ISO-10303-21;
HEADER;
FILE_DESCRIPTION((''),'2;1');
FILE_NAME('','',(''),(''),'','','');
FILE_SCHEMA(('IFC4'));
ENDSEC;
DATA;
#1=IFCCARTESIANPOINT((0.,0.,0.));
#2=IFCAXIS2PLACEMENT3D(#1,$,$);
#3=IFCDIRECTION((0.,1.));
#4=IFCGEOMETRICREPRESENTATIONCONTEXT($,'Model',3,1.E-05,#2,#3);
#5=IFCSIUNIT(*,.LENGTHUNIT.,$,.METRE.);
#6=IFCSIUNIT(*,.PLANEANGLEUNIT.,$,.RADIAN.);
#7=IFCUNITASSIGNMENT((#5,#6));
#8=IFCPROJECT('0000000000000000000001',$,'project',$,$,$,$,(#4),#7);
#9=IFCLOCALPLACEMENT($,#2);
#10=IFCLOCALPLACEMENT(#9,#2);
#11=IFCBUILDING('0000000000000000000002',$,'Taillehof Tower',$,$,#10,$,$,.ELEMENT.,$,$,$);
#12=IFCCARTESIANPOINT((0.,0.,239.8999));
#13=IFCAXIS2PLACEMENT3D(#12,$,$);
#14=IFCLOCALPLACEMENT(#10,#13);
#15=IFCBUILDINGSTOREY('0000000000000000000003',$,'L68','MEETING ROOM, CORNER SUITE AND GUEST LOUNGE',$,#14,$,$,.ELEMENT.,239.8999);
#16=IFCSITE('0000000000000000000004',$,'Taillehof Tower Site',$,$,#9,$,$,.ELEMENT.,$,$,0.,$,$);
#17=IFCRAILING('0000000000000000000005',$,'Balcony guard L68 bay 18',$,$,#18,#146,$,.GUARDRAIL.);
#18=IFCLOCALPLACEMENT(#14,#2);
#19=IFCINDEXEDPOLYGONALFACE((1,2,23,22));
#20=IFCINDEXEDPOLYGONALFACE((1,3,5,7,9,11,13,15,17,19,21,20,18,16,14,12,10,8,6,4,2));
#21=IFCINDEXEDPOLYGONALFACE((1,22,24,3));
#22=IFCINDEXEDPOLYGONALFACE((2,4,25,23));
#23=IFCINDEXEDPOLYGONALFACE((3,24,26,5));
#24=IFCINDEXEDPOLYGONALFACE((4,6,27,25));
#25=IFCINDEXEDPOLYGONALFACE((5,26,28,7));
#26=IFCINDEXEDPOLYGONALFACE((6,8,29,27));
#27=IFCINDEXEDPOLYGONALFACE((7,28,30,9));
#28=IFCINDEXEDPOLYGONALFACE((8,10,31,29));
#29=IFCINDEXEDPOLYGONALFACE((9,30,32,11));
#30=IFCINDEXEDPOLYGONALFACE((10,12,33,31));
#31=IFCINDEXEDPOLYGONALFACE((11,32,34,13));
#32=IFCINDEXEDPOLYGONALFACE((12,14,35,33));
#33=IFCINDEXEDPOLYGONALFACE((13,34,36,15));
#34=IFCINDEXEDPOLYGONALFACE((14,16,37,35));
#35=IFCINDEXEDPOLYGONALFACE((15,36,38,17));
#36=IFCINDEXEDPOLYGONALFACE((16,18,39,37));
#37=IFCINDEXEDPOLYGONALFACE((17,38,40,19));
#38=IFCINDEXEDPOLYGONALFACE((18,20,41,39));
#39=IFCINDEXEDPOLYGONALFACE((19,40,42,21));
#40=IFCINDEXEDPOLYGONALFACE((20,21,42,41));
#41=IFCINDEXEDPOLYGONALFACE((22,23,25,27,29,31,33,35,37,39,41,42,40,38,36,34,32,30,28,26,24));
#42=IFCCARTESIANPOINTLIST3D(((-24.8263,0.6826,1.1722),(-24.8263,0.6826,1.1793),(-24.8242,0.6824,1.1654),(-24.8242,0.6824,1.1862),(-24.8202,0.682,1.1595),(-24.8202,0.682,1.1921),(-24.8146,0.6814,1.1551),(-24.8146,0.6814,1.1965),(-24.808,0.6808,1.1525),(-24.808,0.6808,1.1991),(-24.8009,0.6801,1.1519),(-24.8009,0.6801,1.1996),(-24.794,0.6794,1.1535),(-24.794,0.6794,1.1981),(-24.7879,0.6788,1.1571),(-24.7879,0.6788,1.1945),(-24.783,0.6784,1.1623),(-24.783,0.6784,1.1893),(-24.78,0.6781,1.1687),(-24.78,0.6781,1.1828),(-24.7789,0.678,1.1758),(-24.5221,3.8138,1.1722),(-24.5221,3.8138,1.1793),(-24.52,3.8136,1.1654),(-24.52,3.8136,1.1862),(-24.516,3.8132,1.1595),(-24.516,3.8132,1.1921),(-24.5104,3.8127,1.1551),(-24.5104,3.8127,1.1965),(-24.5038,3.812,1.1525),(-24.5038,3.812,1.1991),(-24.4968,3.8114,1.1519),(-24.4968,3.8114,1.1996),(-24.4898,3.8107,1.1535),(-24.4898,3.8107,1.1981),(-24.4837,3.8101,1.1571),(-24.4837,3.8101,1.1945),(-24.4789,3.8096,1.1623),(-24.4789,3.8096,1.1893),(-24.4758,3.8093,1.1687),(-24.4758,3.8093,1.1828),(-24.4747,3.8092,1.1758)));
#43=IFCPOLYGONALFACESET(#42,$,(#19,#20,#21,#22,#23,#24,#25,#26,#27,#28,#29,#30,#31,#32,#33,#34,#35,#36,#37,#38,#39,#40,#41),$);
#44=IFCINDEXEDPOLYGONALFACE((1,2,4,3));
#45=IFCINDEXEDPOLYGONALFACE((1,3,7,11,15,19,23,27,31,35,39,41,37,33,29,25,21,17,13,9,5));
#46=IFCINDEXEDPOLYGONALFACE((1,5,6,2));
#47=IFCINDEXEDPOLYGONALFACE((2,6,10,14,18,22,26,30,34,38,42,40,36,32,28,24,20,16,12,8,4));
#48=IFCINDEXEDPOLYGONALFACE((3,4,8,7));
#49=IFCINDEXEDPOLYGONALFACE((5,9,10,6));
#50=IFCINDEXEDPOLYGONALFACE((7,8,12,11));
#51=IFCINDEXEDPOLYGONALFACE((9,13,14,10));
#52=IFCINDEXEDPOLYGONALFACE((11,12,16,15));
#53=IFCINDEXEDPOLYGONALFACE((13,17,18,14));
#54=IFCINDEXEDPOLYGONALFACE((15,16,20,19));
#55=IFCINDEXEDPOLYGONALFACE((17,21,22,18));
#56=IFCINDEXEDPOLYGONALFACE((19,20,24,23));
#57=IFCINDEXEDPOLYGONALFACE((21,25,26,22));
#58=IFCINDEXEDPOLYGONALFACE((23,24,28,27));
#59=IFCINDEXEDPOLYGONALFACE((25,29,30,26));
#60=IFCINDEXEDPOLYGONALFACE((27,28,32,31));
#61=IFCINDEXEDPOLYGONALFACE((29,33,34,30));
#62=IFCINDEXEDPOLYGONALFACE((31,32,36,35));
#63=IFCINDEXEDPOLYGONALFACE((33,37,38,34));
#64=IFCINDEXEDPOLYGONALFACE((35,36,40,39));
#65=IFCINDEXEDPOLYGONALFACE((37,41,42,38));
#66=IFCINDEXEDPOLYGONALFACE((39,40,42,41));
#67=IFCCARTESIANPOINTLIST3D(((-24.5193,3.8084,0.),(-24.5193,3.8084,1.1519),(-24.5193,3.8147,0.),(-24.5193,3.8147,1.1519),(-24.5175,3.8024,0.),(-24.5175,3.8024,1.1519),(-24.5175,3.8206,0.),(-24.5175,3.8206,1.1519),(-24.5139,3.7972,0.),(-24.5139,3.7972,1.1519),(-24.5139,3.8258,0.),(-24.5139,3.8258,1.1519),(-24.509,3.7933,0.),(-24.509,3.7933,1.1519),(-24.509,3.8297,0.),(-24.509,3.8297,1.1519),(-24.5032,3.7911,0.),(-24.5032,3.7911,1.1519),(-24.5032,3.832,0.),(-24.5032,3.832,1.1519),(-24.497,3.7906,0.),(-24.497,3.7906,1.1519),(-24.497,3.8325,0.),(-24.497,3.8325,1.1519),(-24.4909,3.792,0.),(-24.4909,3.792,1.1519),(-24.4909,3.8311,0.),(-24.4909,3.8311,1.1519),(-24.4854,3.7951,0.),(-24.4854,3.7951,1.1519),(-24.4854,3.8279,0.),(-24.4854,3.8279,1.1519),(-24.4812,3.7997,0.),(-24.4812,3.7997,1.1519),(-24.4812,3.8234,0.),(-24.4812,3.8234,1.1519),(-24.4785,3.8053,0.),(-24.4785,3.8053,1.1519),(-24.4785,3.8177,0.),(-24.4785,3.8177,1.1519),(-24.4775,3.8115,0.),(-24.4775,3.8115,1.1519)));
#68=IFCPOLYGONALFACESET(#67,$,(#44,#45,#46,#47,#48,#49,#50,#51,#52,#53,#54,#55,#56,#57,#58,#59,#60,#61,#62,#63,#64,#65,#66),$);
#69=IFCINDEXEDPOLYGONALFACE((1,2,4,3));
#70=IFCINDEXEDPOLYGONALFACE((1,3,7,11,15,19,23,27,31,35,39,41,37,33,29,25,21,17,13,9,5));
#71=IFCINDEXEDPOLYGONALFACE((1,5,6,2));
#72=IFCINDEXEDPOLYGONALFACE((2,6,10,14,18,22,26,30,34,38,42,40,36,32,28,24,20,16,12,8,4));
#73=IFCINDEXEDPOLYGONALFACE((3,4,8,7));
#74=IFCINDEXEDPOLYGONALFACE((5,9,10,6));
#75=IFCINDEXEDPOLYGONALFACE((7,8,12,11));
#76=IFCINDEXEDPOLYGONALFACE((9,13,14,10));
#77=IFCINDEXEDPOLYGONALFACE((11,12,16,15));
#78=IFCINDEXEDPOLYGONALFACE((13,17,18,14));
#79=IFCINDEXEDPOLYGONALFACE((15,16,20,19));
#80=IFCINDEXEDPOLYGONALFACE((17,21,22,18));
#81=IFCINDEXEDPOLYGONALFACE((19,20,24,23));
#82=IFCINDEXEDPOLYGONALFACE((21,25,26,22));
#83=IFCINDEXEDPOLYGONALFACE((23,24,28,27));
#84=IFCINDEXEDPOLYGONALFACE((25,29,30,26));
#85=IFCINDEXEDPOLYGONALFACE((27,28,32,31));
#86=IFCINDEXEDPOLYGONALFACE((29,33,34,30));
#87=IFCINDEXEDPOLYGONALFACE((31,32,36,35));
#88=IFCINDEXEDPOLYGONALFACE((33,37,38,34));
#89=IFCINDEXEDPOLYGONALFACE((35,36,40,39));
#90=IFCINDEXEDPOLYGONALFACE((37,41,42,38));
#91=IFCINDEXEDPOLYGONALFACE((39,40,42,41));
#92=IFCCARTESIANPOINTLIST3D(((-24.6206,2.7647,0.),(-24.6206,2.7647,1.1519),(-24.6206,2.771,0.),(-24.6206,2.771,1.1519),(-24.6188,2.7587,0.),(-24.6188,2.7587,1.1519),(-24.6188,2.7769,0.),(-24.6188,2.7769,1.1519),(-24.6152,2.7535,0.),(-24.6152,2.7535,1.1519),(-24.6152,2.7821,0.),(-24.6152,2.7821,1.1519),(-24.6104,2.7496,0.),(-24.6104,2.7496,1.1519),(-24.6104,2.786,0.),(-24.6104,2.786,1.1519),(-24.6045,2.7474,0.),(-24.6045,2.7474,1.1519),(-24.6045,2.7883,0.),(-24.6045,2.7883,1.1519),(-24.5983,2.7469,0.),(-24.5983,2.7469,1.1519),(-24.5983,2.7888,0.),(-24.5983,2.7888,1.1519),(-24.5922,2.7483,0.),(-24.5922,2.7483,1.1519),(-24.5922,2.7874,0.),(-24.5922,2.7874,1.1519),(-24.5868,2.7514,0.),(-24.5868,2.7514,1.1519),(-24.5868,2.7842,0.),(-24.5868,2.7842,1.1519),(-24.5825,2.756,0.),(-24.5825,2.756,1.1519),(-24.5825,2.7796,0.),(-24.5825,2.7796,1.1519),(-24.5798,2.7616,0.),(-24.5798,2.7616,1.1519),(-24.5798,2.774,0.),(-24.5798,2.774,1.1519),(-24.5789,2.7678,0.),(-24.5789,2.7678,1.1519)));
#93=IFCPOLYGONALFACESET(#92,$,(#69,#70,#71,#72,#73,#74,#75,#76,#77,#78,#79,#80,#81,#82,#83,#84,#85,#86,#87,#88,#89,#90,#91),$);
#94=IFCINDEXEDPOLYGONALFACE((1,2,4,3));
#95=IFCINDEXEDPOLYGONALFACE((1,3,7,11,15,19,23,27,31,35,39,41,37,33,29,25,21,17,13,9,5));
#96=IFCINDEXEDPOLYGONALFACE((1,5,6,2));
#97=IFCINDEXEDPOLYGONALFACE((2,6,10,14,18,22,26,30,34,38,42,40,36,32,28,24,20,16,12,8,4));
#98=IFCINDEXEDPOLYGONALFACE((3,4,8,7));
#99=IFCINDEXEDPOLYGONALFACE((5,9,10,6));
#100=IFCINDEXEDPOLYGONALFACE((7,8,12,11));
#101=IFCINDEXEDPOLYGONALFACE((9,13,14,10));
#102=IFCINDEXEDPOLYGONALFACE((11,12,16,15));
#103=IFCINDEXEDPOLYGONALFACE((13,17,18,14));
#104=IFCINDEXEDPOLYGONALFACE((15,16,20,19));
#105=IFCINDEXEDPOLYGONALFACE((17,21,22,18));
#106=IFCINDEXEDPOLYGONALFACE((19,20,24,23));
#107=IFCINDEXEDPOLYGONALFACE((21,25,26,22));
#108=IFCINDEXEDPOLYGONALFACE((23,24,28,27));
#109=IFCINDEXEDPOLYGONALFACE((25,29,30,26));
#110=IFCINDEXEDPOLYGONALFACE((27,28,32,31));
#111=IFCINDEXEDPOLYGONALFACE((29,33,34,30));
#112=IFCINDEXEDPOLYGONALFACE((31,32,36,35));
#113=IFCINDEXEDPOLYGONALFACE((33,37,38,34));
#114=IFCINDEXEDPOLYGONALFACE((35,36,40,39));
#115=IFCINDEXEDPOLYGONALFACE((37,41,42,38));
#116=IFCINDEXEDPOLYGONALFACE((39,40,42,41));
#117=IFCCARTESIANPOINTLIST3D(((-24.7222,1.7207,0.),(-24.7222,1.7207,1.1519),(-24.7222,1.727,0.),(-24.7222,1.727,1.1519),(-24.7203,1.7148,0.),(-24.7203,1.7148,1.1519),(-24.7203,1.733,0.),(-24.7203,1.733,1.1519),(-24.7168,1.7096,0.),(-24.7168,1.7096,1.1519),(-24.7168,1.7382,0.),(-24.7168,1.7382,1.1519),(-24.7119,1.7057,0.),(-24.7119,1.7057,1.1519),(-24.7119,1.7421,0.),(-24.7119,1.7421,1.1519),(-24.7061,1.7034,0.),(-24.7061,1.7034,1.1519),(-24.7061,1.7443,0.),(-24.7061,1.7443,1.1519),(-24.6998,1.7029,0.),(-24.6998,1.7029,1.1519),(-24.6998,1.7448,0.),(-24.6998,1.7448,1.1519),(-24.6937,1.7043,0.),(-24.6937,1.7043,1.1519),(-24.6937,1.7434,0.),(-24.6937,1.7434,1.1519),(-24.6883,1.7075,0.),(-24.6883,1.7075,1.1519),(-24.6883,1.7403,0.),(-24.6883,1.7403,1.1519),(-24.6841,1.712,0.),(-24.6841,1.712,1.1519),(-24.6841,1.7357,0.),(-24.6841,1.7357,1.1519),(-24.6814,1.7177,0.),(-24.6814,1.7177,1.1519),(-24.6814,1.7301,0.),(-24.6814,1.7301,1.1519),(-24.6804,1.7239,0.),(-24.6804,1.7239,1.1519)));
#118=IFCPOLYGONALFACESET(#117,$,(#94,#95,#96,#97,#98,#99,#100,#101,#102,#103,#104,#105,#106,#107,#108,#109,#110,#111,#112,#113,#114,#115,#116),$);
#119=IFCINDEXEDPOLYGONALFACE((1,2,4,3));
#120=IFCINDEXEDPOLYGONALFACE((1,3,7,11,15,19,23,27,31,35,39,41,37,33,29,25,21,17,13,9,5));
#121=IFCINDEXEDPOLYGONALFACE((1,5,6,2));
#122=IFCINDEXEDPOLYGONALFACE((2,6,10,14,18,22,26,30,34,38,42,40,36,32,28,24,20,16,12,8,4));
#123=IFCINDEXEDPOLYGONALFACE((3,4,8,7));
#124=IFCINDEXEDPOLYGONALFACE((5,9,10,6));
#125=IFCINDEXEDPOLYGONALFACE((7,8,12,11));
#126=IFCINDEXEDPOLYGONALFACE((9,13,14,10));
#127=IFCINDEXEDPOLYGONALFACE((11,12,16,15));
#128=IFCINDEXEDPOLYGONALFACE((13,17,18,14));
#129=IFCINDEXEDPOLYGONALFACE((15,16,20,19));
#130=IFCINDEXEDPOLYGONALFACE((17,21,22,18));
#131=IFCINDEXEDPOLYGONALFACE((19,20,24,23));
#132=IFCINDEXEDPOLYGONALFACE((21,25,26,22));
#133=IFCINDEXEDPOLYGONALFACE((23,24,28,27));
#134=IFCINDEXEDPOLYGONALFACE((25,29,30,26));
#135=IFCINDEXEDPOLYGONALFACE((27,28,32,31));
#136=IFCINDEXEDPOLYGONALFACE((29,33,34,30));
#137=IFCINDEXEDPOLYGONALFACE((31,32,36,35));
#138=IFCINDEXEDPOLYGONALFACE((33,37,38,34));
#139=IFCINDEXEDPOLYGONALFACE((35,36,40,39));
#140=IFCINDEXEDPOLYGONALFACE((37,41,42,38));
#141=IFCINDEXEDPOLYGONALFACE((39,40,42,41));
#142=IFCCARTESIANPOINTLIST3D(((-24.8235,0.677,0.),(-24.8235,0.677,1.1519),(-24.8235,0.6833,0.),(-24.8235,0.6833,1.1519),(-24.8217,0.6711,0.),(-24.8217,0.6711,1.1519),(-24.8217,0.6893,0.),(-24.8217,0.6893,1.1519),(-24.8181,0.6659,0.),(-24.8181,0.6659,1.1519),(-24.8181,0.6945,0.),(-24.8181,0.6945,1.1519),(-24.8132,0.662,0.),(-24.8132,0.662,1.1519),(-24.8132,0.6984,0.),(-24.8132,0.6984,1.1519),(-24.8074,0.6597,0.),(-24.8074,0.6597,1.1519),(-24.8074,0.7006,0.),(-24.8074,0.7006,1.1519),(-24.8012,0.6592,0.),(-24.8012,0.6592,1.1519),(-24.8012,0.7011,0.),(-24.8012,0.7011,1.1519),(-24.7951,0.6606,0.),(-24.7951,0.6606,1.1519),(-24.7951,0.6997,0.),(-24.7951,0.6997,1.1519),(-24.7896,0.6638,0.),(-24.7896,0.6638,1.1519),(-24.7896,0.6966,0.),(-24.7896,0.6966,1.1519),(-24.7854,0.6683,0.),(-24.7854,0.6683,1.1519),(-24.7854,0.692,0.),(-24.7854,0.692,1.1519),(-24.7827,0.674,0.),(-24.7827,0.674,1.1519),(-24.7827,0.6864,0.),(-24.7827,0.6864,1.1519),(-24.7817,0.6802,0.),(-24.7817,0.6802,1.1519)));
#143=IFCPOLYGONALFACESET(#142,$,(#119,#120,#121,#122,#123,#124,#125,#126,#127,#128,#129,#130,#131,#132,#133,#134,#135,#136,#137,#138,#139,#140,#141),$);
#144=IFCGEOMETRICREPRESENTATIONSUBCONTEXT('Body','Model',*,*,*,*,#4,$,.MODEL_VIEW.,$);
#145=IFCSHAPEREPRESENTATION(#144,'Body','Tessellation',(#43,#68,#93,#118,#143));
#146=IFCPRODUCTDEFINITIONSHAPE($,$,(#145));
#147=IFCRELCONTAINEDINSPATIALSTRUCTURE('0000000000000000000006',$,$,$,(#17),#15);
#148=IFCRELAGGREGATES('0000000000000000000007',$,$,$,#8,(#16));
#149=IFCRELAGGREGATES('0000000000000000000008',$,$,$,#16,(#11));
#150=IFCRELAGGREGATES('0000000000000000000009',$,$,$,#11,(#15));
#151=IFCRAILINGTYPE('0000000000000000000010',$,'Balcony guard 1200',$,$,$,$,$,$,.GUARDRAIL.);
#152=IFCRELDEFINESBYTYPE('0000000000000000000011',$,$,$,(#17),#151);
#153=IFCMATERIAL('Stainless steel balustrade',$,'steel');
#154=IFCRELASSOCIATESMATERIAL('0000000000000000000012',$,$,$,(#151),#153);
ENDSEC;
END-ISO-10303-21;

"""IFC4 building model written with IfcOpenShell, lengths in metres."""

from ifc_helpers import new_model, si_unit, direction, frame, origin, origin_2d, place, context, subcontext, project, spatial, circle, extrude, material, type_object, element, save


model = new_model("IFC4")

# Units and contexts
model_context = context("Model", 3, precision=1e-05, world=origin(), true_north=direction((0.0, 1.0)))
body_context = subcontext(model_context, "Body", "Model", "MODEL_VIEW")
ifc_project = project(units=[si_unit("LENGTHUNIT", "METRE"), si_unit("PLANEANGLEUNIT", "RADIAN")], contexts=[model_context])

# Site, building, storey
site_placement = place(None, origin())
site = spatial("IfcSite", under=ifc_project, at=site_placement, Name="Taillehof Tower Site", CompositionType="ELEMENT", RefElevation=0.0)
building_placement = place(site_placement, origin())
building = spatial("IfcBuilding", under=site, at=building_placement, Name="Taillehof Tower", CompositionType="ELEMENT")
storey_placement = place(building_placement, frame((0.0, 0.0, 239.8999)))
storey = spatial("IfcBuildingStorey", under=building, at=storey_placement, Name="L68", Description="MEETING ROOM, CORNER SUITE AND GUEST LOUNGE", CompositionType="ELEMENT", Elevation=239.8999)

# Railing
ifc_material_1 = material(Name="Stainless steel balustrade", Category="steel")
railing_type = type_object("IfcRailingType", Name="Balcony guard 1200", PredefinedType="GUARDRAIL", material=ifc_material_1)
railing_placement = place(storey_placement, frame((-24.4985, 3.8115, 0.0)))
element("IfcRailing", 1, at=railing_placement, inside=storey, type_object=railing_type, Name="Balcony guard L68 bay 18", PredefinedType="GUARDRAIL", context=body_context, shape_type="SweptSolid", body=[
    extrude(circle(Radius=0.0239, at=origin_2d()), frame((0.0, 0.0, 1.1758), z_axis=(-0.096691, -0.995314, 0.0), x_axis=(0.995314, -0.096691, 0.0)), (0.0, 0.0, 1.0), 3.146),
    extrude(circle(Radius=0.021, at=origin_2d()), origin(), (0.0, 0.0, 1.0), 1.1519),
    extrude(circle(Radius=0.021, at=origin_2d()), frame((-0.1013, -1.0437, 0.0)), (0.0, 0.0, 1.0), 1.1519),
    extrude(circle(Radius=0.021, at=origin_2d()), frame((-0.2029, -2.0876, 0.0)), (0.0, 0.0, 1.0), 1.1519),
    extrude(circle(Radius=0.021, at=origin_2d()), frame((-0.3042, -3.1313, 0.0)), (0.0, 0.0, 1.0), 1.1519),
])

save(model, "model.ifc")
